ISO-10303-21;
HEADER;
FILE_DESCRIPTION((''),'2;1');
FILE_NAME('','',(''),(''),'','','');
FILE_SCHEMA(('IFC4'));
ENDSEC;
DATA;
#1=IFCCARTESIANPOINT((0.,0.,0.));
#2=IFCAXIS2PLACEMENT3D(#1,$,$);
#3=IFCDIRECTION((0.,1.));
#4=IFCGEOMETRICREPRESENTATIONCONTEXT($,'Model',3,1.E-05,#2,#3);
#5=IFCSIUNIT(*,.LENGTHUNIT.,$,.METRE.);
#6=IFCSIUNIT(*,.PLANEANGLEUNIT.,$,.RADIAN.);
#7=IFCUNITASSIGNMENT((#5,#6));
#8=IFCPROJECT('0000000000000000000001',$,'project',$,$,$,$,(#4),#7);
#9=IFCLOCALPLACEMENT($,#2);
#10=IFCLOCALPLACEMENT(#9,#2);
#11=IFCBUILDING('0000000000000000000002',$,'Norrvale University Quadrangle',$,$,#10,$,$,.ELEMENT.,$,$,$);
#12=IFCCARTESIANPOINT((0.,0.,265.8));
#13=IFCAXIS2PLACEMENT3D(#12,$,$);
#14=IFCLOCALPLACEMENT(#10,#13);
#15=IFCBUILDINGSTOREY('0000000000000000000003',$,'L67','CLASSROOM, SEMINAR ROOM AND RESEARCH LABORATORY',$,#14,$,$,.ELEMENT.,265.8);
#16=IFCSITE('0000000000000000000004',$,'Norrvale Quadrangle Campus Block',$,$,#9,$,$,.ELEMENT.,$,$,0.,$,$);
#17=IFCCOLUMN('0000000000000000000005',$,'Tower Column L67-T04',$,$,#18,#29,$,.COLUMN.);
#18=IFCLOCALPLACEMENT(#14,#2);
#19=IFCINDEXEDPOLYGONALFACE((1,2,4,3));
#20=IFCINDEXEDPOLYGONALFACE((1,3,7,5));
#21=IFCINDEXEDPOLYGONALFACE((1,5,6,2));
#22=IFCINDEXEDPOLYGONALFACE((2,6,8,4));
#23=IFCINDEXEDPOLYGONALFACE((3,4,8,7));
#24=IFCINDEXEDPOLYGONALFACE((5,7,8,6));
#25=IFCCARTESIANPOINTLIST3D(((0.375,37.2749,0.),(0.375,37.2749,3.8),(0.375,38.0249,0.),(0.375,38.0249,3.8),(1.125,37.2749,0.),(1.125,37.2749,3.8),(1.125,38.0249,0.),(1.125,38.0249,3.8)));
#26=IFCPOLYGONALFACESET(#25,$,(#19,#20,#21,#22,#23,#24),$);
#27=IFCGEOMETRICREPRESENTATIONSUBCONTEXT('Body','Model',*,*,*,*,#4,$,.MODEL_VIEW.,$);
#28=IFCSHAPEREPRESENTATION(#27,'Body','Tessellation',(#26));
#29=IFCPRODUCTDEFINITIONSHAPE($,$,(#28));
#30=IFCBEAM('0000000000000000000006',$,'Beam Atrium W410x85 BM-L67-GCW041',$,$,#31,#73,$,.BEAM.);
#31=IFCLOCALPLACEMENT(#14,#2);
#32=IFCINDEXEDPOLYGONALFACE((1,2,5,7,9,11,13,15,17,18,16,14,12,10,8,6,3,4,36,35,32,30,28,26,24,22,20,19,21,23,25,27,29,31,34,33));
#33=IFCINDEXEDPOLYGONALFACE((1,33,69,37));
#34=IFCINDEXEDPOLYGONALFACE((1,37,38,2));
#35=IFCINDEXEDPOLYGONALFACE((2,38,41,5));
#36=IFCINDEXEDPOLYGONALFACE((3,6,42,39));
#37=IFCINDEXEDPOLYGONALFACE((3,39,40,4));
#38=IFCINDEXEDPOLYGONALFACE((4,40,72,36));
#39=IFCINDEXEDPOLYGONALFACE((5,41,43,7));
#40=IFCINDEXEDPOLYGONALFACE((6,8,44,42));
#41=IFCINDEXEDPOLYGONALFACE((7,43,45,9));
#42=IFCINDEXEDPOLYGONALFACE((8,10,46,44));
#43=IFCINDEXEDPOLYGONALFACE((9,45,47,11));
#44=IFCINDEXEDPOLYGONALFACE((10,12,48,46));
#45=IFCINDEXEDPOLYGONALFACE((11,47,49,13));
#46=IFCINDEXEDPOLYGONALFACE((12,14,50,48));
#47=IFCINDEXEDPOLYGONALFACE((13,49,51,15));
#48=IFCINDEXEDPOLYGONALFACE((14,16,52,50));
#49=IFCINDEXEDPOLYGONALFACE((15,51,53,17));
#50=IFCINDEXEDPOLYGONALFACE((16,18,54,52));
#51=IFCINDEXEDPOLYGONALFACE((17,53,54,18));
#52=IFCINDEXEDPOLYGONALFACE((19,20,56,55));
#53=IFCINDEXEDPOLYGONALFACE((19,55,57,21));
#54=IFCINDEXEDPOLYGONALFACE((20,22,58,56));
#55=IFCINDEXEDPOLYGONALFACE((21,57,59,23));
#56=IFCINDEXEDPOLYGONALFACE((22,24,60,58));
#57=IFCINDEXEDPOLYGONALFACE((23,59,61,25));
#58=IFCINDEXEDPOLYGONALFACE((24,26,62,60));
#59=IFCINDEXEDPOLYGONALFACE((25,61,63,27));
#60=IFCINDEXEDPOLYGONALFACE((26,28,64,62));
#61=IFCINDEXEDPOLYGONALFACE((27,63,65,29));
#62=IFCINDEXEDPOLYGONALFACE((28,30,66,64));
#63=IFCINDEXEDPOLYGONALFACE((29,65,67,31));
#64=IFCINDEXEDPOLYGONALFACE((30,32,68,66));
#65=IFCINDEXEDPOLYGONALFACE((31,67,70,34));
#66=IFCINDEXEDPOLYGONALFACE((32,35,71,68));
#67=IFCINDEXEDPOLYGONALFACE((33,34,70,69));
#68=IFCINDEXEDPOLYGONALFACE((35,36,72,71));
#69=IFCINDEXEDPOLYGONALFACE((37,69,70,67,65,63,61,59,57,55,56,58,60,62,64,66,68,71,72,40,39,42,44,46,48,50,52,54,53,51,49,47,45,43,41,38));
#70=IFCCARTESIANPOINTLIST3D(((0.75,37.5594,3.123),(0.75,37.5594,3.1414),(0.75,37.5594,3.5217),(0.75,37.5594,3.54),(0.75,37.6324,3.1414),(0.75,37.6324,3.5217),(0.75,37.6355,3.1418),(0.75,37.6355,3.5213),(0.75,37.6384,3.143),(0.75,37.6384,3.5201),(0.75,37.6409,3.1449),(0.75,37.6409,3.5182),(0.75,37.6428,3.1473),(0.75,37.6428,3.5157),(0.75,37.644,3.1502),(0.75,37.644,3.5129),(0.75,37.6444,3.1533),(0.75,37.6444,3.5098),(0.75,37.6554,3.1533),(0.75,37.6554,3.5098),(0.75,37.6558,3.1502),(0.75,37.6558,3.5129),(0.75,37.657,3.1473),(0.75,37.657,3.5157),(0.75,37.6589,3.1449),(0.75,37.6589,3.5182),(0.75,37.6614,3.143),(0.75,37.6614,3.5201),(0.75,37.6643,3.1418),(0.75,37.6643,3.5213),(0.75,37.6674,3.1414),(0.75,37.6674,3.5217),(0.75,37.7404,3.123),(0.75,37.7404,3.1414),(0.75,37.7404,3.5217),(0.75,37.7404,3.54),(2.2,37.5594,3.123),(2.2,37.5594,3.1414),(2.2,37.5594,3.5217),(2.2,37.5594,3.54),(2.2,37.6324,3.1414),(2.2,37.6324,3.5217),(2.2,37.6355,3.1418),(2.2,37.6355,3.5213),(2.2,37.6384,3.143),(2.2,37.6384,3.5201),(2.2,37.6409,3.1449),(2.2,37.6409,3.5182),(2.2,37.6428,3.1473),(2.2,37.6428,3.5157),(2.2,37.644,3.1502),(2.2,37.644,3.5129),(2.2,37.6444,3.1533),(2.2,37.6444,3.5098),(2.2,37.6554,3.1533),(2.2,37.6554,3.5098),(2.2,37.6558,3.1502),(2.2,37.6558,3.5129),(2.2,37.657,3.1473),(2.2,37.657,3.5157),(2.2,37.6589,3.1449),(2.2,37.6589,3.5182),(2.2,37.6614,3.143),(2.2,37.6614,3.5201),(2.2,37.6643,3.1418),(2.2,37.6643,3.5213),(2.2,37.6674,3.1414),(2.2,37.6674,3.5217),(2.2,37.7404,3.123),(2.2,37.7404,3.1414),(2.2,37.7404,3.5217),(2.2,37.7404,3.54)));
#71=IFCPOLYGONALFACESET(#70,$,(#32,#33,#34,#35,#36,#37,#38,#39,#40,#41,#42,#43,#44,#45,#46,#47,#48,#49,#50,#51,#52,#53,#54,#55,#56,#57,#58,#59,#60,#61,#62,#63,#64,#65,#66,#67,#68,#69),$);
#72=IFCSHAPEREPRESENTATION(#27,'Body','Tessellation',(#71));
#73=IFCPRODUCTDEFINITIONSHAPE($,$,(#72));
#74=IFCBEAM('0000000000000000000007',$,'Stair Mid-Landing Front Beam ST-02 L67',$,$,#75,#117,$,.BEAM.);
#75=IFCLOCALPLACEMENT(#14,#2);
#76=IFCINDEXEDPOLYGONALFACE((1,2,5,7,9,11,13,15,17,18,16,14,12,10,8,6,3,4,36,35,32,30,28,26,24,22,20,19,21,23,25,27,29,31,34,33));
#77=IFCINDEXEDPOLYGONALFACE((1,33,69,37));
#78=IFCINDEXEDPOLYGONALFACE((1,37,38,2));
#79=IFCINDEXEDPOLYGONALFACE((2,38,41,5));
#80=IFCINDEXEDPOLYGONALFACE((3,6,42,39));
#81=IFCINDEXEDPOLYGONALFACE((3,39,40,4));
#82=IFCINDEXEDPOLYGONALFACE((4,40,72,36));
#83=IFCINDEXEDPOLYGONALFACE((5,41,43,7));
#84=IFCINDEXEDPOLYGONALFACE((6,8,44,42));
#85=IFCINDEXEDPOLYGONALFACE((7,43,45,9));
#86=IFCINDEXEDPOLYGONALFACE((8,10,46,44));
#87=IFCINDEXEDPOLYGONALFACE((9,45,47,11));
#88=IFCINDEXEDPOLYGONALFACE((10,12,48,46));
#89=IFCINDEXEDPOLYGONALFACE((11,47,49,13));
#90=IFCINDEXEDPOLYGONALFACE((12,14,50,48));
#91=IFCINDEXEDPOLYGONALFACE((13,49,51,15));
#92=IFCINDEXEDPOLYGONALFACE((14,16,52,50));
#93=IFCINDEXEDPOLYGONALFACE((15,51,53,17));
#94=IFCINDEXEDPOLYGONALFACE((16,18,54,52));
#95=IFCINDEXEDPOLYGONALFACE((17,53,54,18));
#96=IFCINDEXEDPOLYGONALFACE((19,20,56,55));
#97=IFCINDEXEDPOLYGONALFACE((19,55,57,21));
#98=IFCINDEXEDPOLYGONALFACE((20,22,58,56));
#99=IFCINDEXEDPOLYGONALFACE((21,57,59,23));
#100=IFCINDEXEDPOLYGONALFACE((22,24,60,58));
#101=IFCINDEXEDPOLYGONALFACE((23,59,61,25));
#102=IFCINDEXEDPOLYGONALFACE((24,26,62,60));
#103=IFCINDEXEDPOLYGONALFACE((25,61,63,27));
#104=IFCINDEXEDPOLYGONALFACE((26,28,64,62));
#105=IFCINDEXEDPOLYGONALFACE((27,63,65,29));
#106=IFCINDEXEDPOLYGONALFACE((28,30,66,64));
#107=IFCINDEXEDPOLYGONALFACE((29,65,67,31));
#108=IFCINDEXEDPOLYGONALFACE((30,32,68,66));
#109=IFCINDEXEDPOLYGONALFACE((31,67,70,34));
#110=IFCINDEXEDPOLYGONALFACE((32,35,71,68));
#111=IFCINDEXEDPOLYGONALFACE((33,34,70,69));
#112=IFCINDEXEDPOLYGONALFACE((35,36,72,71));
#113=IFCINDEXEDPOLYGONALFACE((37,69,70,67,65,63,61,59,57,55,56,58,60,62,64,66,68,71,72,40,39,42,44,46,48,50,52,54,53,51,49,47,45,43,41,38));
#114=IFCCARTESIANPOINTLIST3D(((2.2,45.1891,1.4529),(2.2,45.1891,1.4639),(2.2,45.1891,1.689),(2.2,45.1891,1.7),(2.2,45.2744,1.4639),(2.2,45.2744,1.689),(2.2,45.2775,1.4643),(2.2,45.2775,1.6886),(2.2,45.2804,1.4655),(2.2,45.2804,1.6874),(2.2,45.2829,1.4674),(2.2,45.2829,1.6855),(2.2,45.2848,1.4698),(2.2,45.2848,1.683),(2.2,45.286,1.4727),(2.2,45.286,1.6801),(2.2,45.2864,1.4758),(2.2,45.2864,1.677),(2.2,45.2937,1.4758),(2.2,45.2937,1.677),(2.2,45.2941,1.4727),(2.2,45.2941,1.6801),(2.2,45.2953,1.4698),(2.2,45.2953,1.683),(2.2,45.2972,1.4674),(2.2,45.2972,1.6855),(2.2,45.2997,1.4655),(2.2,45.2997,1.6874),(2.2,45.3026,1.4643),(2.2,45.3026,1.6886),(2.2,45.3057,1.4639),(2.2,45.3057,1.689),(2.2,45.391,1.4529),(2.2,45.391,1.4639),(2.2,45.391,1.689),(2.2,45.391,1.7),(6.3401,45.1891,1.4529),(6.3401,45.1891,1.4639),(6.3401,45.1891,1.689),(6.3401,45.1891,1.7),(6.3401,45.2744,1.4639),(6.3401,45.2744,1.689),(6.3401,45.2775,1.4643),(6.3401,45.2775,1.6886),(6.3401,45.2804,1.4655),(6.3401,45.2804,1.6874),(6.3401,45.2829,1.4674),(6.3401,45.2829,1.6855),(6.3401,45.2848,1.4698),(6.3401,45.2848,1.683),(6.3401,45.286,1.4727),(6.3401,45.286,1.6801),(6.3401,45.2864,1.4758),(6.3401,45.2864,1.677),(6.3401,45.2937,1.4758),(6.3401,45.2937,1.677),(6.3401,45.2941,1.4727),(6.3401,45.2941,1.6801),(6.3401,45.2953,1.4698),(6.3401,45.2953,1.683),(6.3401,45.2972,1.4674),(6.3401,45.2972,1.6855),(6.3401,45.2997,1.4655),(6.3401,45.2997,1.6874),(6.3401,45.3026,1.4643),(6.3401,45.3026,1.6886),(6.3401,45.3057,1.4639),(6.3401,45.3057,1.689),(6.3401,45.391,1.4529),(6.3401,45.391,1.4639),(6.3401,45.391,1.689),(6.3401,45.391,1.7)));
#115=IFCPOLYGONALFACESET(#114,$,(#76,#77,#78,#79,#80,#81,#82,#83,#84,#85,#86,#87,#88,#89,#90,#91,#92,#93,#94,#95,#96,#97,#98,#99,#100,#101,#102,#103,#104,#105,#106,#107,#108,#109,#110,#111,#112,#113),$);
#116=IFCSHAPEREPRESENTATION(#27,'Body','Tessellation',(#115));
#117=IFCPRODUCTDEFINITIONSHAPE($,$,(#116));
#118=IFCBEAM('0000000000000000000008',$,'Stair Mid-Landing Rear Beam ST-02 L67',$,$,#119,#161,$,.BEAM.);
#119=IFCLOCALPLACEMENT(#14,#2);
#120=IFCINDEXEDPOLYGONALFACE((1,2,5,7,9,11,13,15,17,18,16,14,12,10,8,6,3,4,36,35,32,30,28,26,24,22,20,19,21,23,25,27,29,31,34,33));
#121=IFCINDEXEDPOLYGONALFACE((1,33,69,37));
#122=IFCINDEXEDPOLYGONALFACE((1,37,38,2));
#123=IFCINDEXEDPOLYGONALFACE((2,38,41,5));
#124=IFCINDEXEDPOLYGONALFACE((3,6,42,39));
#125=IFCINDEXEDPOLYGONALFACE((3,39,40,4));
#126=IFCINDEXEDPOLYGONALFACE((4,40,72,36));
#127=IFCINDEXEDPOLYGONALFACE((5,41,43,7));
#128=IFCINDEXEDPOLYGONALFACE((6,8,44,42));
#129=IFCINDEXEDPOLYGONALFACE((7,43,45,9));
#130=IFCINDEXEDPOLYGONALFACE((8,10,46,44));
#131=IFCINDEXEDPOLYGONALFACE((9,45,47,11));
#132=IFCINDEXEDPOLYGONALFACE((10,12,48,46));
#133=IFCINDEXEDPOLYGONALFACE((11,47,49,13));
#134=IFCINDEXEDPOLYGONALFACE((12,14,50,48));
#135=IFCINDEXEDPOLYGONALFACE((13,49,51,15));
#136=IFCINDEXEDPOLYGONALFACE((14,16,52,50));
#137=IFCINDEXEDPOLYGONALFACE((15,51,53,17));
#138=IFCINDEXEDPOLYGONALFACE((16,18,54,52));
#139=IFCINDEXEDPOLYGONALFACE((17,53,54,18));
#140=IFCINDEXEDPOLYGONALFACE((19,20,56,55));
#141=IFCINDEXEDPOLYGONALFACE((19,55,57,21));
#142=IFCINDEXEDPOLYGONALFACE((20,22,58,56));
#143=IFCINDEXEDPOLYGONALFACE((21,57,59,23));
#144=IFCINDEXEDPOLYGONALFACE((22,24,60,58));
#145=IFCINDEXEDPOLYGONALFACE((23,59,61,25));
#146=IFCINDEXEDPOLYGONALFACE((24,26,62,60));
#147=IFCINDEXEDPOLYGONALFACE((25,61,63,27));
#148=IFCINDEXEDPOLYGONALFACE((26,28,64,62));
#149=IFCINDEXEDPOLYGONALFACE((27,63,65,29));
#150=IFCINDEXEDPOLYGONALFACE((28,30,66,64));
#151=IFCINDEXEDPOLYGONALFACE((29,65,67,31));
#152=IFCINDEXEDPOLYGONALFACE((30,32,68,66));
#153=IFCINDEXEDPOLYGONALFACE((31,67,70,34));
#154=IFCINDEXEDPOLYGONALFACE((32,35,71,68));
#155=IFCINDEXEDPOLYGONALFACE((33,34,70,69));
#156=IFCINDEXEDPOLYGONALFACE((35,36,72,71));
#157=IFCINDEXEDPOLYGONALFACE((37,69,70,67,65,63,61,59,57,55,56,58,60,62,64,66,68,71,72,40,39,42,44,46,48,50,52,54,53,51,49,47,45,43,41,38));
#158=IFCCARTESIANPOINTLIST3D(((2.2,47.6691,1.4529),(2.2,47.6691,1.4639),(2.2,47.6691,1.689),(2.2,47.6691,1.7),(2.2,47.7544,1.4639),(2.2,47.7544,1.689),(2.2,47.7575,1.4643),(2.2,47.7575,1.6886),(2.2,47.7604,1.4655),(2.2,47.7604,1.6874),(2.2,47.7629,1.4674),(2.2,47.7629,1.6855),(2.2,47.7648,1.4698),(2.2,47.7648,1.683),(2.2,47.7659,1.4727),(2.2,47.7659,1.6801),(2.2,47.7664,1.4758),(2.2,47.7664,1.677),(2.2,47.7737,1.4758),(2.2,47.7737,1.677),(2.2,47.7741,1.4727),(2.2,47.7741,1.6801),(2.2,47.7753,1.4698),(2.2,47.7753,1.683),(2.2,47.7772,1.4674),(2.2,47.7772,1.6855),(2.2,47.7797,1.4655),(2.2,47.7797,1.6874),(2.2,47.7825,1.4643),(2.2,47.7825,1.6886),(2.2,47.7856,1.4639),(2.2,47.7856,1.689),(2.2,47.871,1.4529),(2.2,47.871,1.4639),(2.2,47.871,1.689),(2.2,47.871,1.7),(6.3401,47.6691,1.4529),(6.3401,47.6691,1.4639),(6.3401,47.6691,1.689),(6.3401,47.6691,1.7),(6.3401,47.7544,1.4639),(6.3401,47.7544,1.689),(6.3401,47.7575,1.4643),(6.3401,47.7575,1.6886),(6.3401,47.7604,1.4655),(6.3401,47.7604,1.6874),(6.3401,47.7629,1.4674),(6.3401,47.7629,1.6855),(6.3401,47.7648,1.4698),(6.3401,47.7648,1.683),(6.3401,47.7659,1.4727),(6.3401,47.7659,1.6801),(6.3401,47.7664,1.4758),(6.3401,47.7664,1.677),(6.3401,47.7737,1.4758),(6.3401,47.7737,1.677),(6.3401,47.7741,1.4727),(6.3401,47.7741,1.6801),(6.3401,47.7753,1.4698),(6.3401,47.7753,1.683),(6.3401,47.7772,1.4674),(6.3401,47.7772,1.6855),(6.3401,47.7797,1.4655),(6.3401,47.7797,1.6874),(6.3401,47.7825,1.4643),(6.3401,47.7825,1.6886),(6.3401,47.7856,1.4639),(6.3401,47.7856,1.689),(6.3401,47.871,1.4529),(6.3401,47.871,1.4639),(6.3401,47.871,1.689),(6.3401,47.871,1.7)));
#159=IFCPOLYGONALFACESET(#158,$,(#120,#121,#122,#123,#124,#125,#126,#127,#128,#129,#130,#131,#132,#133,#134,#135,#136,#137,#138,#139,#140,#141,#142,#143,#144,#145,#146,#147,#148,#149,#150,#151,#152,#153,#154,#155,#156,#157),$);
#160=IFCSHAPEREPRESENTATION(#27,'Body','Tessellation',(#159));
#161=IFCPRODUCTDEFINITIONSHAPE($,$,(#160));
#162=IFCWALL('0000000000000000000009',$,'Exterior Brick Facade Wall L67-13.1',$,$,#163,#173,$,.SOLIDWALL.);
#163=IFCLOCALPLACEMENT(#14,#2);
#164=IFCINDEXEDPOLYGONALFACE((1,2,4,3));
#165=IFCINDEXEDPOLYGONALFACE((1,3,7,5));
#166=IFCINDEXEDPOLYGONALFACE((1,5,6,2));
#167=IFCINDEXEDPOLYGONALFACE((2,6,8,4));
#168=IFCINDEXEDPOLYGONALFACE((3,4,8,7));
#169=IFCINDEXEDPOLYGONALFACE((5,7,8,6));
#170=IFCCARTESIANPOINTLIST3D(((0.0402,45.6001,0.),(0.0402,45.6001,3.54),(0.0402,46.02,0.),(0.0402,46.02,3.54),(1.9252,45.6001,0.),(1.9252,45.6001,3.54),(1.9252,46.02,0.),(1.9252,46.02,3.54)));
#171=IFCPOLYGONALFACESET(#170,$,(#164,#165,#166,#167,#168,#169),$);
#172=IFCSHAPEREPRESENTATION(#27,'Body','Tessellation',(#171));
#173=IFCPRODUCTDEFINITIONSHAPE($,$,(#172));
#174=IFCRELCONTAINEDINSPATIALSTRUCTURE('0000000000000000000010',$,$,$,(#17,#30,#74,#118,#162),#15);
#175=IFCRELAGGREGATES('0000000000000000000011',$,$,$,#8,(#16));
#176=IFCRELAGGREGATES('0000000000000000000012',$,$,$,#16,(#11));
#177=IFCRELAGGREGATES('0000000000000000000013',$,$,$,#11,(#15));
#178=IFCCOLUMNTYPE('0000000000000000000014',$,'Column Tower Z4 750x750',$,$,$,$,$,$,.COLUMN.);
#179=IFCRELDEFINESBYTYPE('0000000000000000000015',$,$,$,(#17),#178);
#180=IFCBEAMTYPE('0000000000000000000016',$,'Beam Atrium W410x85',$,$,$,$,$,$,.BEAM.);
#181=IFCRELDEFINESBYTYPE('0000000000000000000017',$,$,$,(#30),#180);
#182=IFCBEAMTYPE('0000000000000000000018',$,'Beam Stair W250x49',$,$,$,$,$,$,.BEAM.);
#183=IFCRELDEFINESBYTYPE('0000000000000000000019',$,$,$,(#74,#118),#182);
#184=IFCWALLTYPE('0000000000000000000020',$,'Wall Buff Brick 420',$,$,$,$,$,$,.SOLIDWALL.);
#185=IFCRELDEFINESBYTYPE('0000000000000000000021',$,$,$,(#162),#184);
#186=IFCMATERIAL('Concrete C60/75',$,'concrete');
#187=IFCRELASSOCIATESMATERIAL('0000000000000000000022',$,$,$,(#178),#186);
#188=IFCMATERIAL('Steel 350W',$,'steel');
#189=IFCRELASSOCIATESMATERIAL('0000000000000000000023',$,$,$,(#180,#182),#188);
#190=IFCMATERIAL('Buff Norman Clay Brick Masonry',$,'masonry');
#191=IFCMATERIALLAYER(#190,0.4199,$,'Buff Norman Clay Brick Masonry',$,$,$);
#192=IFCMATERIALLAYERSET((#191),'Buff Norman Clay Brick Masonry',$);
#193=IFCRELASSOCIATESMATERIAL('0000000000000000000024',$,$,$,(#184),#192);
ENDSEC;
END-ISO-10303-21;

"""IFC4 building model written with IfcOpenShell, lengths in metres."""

from ifc_helpers import new_model, si_unit, direction, frame, frame_2d, origin, origin_2d, place, context, subcontext, project, spatial, rectangle, i_section, extrude, material, layer, layer_set, material_profile, profile_set, type_object, element, save


model = new_model("IFC4")

# Units and contexts
model_context = context("Model", 3, precision=1e-05, world=origin(), true_north=direction((0.0, 1.0)))
body_context = subcontext(model_context, "Body", "Model", "MODEL_VIEW")
ifc_project = project(units=[si_unit("LENGTHUNIT", "METRE"), si_unit("PLANEANGLEUNIT", "RADIAN")], contexts=[model_context])

# Site, building, storey
site_placement = place(None, origin())
site = spatial("IfcSite", under=ifc_project, at=site_placement, Name="Norrvale Quadrangle Campus Block", CompositionType="ELEMENT", RefElevation=0.0)
building_placement = place(site_placement, origin())
building = spatial("IfcBuilding", under=site, at=building_placement, Name="Norrvale University Quadrangle", CompositionType="ELEMENT")
storey_placement = place(building_placement, frame((0.0, 0.0, 265.8)))
storey = spatial("IfcBuildingStorey", under=building, at=storey_placement, Name="L67", Description="CLASSROOM, SEMINAR ROOM AND RESEARCH LABORATORY", CompositionType="ELEMENT", Elevation=265.8)

# Column
ifc_material_1 = material(Name="Concrete C60/75", Category="concrete")
ifc_material_profile_1 = material_profile(ifc_material_1, rectangle(XDim=0.75, YDim=0.75, at=origin_2d()), Name="Concrete C60/75")
ifc_profile_set_1 = profile_set([ifc_material_profile_1], Name="Concrete C60/75")
column_type = type_object("IfcColumnType", Name="Column Tower Z4 750x750", PredefinedType="COLUMN", material=ifc_profile_set_1)
column_placement = place(storey_placement, frame((0.75, 37.6499, 0.0), z_axis=(0.0, 0.0, 1.0), x_axis=(1.0, 0.0, 0.0)))
element("IfcColumn", 1, at=column_placement, inside=storey, type_object=column_type, Name="Tower Column L67-T04", PredefinedType="COLUMN", context=body_context, shape_type="SweptSolid", body=[
    extrude(rectangle(XDim=0.75, YDim=0.75, at=origin_2d()), origin(), (0.0, 0.0, 1.0), 3.8),
])

# Beams
ifc_material_2 = material(Name="Steel 350W", Category="steel")
ifc_material_profile_2 = material_profile(ifc_material_2, i_section(OverallWidth=0.1809, OverallDepth=0.417, WebThickness=0.011, FlangeThickness=0.0183, FilletRadius=0.012, at=origin_2d()), Name="Steel 350W")
ifc_profile_set_2 = profile_set([ifc_material_profile_2], Name="Steel 350W")
beam_type_1 = type_object("IfcBeamType", Name="Beam Atrium W410x85", PredefinedType="BEAM", material=ifc_profile_set_2)
beam_placement = place(storey_placement, frame((0.75, 37.6499, 3.3315), z_axis=(1.0, 0.0, 0.0), x_axis=(0.0, 1.0, 0.0)))
element("IfcBeam", 2, at=beam_placement, inside=storey, type_object=beam_type_1, Name="Beam Atrium W410x85 BM-L67-GCW041", PredefinedType="BEAM", context=body_context, shape_type="SweptSolid", body=[
    extrude(i_section(OverallWidth=0.1809, OverallDepth=0.417, WebThickness=0.011, FlangeThickness=0.0183, FilletRadius=0.012, at=origin_2d()), origin(), (0.0, 0.0, 1.0), 1.45),
])
ifc_material_profile_3 = material_profile(ifc_material_2, i_section(OverallWidth=0.2019, OverallDepth=0.2471, WebThickness=0.0073, FlangeThickness=0.011, FilletRadius=0.012, at=origin_2d()), Name="Steel 350W")
ifc_profile_set_3 = profile_set([ifc_material_profile_3], Name="Steel 350W")
beam_type_2 = type_object("IfcBeamType", Name="Beam Stair W250x49", PredefinedType="BEAM", material=ifc_profile_set_3)
for number, where, z_axis, x_axis, name in (
    (3, (2.2, 45.29, 1.5764), (1.0, 0.0, 0.0), (0.0, 1.0, 0.0), "Stair Mid-Landing Front Beam ST-02 L67"),
    (4, (2.2, 47.77, 1.5764), (1.0, 0.0, 0.0), (0.0, 1.0, 0.0), "Stair Mid-Landing Rear Beam ST-02 L67"),
):
    element("IfcBeam", number, at=place(storey_placement, frame(where, z_axis=z_axis, x_axis=x_axis)), inside=storey, type_object=beam_type_2, Name=name, PredefinedType="BEAM", context=body_context, shape_type="SweptSolid", body=[
        extrude(i_section(OverallWidth=0.2019, OverallDepth=0.2471, WebThickness=0.0073, FlangeThickness=0.011, FilletRadius=0.012, at=origin_2d()), origin(), (0.0, 0.0, 1.0), 4.1401),
    ])

# Wall
ifc_material_3 = material(Name="Buff Norman Clay Brick Masonry", Category="masonry")
ifc_layer_1 = layer(ifc_material_3, 0.4199, Name="Buff Norman Clay Brick Masonry")
ifc_layer_set_1 = layer_set([ifc_layer_1], Name="Buff Norman Clay Brick Masonry")
wall_type_1 = type_object("IfcWallType", Name="Wall Buff Brick 420", PredefinedType="SOLIDWALL", material=ifc_layer_set_1)
wall_1_placement = place(storey_placement, frame((1.925, 45.8101, 0.0), z_axis=(0.0, 0.0, 1.0), x_axis=(-1.0, 0.0, 0.0)))
element("IfcWall", 5, at=wall_1_placement, inside=storey, type_object=wall_type_1, Name="Exterior Brick Facade Wall L67-13.1", PredefinedType="SOLIDWALL", context=body_context, shape_type="SweptSolid", body=[
    extrude(rectangle(XDim=1.885, YDim=0.4199, at=frame_2d((0.9424, 0.0))), origin(), (0.0, 0.0, 1.0), 3.54),
])

save(model, "model.ifc")
